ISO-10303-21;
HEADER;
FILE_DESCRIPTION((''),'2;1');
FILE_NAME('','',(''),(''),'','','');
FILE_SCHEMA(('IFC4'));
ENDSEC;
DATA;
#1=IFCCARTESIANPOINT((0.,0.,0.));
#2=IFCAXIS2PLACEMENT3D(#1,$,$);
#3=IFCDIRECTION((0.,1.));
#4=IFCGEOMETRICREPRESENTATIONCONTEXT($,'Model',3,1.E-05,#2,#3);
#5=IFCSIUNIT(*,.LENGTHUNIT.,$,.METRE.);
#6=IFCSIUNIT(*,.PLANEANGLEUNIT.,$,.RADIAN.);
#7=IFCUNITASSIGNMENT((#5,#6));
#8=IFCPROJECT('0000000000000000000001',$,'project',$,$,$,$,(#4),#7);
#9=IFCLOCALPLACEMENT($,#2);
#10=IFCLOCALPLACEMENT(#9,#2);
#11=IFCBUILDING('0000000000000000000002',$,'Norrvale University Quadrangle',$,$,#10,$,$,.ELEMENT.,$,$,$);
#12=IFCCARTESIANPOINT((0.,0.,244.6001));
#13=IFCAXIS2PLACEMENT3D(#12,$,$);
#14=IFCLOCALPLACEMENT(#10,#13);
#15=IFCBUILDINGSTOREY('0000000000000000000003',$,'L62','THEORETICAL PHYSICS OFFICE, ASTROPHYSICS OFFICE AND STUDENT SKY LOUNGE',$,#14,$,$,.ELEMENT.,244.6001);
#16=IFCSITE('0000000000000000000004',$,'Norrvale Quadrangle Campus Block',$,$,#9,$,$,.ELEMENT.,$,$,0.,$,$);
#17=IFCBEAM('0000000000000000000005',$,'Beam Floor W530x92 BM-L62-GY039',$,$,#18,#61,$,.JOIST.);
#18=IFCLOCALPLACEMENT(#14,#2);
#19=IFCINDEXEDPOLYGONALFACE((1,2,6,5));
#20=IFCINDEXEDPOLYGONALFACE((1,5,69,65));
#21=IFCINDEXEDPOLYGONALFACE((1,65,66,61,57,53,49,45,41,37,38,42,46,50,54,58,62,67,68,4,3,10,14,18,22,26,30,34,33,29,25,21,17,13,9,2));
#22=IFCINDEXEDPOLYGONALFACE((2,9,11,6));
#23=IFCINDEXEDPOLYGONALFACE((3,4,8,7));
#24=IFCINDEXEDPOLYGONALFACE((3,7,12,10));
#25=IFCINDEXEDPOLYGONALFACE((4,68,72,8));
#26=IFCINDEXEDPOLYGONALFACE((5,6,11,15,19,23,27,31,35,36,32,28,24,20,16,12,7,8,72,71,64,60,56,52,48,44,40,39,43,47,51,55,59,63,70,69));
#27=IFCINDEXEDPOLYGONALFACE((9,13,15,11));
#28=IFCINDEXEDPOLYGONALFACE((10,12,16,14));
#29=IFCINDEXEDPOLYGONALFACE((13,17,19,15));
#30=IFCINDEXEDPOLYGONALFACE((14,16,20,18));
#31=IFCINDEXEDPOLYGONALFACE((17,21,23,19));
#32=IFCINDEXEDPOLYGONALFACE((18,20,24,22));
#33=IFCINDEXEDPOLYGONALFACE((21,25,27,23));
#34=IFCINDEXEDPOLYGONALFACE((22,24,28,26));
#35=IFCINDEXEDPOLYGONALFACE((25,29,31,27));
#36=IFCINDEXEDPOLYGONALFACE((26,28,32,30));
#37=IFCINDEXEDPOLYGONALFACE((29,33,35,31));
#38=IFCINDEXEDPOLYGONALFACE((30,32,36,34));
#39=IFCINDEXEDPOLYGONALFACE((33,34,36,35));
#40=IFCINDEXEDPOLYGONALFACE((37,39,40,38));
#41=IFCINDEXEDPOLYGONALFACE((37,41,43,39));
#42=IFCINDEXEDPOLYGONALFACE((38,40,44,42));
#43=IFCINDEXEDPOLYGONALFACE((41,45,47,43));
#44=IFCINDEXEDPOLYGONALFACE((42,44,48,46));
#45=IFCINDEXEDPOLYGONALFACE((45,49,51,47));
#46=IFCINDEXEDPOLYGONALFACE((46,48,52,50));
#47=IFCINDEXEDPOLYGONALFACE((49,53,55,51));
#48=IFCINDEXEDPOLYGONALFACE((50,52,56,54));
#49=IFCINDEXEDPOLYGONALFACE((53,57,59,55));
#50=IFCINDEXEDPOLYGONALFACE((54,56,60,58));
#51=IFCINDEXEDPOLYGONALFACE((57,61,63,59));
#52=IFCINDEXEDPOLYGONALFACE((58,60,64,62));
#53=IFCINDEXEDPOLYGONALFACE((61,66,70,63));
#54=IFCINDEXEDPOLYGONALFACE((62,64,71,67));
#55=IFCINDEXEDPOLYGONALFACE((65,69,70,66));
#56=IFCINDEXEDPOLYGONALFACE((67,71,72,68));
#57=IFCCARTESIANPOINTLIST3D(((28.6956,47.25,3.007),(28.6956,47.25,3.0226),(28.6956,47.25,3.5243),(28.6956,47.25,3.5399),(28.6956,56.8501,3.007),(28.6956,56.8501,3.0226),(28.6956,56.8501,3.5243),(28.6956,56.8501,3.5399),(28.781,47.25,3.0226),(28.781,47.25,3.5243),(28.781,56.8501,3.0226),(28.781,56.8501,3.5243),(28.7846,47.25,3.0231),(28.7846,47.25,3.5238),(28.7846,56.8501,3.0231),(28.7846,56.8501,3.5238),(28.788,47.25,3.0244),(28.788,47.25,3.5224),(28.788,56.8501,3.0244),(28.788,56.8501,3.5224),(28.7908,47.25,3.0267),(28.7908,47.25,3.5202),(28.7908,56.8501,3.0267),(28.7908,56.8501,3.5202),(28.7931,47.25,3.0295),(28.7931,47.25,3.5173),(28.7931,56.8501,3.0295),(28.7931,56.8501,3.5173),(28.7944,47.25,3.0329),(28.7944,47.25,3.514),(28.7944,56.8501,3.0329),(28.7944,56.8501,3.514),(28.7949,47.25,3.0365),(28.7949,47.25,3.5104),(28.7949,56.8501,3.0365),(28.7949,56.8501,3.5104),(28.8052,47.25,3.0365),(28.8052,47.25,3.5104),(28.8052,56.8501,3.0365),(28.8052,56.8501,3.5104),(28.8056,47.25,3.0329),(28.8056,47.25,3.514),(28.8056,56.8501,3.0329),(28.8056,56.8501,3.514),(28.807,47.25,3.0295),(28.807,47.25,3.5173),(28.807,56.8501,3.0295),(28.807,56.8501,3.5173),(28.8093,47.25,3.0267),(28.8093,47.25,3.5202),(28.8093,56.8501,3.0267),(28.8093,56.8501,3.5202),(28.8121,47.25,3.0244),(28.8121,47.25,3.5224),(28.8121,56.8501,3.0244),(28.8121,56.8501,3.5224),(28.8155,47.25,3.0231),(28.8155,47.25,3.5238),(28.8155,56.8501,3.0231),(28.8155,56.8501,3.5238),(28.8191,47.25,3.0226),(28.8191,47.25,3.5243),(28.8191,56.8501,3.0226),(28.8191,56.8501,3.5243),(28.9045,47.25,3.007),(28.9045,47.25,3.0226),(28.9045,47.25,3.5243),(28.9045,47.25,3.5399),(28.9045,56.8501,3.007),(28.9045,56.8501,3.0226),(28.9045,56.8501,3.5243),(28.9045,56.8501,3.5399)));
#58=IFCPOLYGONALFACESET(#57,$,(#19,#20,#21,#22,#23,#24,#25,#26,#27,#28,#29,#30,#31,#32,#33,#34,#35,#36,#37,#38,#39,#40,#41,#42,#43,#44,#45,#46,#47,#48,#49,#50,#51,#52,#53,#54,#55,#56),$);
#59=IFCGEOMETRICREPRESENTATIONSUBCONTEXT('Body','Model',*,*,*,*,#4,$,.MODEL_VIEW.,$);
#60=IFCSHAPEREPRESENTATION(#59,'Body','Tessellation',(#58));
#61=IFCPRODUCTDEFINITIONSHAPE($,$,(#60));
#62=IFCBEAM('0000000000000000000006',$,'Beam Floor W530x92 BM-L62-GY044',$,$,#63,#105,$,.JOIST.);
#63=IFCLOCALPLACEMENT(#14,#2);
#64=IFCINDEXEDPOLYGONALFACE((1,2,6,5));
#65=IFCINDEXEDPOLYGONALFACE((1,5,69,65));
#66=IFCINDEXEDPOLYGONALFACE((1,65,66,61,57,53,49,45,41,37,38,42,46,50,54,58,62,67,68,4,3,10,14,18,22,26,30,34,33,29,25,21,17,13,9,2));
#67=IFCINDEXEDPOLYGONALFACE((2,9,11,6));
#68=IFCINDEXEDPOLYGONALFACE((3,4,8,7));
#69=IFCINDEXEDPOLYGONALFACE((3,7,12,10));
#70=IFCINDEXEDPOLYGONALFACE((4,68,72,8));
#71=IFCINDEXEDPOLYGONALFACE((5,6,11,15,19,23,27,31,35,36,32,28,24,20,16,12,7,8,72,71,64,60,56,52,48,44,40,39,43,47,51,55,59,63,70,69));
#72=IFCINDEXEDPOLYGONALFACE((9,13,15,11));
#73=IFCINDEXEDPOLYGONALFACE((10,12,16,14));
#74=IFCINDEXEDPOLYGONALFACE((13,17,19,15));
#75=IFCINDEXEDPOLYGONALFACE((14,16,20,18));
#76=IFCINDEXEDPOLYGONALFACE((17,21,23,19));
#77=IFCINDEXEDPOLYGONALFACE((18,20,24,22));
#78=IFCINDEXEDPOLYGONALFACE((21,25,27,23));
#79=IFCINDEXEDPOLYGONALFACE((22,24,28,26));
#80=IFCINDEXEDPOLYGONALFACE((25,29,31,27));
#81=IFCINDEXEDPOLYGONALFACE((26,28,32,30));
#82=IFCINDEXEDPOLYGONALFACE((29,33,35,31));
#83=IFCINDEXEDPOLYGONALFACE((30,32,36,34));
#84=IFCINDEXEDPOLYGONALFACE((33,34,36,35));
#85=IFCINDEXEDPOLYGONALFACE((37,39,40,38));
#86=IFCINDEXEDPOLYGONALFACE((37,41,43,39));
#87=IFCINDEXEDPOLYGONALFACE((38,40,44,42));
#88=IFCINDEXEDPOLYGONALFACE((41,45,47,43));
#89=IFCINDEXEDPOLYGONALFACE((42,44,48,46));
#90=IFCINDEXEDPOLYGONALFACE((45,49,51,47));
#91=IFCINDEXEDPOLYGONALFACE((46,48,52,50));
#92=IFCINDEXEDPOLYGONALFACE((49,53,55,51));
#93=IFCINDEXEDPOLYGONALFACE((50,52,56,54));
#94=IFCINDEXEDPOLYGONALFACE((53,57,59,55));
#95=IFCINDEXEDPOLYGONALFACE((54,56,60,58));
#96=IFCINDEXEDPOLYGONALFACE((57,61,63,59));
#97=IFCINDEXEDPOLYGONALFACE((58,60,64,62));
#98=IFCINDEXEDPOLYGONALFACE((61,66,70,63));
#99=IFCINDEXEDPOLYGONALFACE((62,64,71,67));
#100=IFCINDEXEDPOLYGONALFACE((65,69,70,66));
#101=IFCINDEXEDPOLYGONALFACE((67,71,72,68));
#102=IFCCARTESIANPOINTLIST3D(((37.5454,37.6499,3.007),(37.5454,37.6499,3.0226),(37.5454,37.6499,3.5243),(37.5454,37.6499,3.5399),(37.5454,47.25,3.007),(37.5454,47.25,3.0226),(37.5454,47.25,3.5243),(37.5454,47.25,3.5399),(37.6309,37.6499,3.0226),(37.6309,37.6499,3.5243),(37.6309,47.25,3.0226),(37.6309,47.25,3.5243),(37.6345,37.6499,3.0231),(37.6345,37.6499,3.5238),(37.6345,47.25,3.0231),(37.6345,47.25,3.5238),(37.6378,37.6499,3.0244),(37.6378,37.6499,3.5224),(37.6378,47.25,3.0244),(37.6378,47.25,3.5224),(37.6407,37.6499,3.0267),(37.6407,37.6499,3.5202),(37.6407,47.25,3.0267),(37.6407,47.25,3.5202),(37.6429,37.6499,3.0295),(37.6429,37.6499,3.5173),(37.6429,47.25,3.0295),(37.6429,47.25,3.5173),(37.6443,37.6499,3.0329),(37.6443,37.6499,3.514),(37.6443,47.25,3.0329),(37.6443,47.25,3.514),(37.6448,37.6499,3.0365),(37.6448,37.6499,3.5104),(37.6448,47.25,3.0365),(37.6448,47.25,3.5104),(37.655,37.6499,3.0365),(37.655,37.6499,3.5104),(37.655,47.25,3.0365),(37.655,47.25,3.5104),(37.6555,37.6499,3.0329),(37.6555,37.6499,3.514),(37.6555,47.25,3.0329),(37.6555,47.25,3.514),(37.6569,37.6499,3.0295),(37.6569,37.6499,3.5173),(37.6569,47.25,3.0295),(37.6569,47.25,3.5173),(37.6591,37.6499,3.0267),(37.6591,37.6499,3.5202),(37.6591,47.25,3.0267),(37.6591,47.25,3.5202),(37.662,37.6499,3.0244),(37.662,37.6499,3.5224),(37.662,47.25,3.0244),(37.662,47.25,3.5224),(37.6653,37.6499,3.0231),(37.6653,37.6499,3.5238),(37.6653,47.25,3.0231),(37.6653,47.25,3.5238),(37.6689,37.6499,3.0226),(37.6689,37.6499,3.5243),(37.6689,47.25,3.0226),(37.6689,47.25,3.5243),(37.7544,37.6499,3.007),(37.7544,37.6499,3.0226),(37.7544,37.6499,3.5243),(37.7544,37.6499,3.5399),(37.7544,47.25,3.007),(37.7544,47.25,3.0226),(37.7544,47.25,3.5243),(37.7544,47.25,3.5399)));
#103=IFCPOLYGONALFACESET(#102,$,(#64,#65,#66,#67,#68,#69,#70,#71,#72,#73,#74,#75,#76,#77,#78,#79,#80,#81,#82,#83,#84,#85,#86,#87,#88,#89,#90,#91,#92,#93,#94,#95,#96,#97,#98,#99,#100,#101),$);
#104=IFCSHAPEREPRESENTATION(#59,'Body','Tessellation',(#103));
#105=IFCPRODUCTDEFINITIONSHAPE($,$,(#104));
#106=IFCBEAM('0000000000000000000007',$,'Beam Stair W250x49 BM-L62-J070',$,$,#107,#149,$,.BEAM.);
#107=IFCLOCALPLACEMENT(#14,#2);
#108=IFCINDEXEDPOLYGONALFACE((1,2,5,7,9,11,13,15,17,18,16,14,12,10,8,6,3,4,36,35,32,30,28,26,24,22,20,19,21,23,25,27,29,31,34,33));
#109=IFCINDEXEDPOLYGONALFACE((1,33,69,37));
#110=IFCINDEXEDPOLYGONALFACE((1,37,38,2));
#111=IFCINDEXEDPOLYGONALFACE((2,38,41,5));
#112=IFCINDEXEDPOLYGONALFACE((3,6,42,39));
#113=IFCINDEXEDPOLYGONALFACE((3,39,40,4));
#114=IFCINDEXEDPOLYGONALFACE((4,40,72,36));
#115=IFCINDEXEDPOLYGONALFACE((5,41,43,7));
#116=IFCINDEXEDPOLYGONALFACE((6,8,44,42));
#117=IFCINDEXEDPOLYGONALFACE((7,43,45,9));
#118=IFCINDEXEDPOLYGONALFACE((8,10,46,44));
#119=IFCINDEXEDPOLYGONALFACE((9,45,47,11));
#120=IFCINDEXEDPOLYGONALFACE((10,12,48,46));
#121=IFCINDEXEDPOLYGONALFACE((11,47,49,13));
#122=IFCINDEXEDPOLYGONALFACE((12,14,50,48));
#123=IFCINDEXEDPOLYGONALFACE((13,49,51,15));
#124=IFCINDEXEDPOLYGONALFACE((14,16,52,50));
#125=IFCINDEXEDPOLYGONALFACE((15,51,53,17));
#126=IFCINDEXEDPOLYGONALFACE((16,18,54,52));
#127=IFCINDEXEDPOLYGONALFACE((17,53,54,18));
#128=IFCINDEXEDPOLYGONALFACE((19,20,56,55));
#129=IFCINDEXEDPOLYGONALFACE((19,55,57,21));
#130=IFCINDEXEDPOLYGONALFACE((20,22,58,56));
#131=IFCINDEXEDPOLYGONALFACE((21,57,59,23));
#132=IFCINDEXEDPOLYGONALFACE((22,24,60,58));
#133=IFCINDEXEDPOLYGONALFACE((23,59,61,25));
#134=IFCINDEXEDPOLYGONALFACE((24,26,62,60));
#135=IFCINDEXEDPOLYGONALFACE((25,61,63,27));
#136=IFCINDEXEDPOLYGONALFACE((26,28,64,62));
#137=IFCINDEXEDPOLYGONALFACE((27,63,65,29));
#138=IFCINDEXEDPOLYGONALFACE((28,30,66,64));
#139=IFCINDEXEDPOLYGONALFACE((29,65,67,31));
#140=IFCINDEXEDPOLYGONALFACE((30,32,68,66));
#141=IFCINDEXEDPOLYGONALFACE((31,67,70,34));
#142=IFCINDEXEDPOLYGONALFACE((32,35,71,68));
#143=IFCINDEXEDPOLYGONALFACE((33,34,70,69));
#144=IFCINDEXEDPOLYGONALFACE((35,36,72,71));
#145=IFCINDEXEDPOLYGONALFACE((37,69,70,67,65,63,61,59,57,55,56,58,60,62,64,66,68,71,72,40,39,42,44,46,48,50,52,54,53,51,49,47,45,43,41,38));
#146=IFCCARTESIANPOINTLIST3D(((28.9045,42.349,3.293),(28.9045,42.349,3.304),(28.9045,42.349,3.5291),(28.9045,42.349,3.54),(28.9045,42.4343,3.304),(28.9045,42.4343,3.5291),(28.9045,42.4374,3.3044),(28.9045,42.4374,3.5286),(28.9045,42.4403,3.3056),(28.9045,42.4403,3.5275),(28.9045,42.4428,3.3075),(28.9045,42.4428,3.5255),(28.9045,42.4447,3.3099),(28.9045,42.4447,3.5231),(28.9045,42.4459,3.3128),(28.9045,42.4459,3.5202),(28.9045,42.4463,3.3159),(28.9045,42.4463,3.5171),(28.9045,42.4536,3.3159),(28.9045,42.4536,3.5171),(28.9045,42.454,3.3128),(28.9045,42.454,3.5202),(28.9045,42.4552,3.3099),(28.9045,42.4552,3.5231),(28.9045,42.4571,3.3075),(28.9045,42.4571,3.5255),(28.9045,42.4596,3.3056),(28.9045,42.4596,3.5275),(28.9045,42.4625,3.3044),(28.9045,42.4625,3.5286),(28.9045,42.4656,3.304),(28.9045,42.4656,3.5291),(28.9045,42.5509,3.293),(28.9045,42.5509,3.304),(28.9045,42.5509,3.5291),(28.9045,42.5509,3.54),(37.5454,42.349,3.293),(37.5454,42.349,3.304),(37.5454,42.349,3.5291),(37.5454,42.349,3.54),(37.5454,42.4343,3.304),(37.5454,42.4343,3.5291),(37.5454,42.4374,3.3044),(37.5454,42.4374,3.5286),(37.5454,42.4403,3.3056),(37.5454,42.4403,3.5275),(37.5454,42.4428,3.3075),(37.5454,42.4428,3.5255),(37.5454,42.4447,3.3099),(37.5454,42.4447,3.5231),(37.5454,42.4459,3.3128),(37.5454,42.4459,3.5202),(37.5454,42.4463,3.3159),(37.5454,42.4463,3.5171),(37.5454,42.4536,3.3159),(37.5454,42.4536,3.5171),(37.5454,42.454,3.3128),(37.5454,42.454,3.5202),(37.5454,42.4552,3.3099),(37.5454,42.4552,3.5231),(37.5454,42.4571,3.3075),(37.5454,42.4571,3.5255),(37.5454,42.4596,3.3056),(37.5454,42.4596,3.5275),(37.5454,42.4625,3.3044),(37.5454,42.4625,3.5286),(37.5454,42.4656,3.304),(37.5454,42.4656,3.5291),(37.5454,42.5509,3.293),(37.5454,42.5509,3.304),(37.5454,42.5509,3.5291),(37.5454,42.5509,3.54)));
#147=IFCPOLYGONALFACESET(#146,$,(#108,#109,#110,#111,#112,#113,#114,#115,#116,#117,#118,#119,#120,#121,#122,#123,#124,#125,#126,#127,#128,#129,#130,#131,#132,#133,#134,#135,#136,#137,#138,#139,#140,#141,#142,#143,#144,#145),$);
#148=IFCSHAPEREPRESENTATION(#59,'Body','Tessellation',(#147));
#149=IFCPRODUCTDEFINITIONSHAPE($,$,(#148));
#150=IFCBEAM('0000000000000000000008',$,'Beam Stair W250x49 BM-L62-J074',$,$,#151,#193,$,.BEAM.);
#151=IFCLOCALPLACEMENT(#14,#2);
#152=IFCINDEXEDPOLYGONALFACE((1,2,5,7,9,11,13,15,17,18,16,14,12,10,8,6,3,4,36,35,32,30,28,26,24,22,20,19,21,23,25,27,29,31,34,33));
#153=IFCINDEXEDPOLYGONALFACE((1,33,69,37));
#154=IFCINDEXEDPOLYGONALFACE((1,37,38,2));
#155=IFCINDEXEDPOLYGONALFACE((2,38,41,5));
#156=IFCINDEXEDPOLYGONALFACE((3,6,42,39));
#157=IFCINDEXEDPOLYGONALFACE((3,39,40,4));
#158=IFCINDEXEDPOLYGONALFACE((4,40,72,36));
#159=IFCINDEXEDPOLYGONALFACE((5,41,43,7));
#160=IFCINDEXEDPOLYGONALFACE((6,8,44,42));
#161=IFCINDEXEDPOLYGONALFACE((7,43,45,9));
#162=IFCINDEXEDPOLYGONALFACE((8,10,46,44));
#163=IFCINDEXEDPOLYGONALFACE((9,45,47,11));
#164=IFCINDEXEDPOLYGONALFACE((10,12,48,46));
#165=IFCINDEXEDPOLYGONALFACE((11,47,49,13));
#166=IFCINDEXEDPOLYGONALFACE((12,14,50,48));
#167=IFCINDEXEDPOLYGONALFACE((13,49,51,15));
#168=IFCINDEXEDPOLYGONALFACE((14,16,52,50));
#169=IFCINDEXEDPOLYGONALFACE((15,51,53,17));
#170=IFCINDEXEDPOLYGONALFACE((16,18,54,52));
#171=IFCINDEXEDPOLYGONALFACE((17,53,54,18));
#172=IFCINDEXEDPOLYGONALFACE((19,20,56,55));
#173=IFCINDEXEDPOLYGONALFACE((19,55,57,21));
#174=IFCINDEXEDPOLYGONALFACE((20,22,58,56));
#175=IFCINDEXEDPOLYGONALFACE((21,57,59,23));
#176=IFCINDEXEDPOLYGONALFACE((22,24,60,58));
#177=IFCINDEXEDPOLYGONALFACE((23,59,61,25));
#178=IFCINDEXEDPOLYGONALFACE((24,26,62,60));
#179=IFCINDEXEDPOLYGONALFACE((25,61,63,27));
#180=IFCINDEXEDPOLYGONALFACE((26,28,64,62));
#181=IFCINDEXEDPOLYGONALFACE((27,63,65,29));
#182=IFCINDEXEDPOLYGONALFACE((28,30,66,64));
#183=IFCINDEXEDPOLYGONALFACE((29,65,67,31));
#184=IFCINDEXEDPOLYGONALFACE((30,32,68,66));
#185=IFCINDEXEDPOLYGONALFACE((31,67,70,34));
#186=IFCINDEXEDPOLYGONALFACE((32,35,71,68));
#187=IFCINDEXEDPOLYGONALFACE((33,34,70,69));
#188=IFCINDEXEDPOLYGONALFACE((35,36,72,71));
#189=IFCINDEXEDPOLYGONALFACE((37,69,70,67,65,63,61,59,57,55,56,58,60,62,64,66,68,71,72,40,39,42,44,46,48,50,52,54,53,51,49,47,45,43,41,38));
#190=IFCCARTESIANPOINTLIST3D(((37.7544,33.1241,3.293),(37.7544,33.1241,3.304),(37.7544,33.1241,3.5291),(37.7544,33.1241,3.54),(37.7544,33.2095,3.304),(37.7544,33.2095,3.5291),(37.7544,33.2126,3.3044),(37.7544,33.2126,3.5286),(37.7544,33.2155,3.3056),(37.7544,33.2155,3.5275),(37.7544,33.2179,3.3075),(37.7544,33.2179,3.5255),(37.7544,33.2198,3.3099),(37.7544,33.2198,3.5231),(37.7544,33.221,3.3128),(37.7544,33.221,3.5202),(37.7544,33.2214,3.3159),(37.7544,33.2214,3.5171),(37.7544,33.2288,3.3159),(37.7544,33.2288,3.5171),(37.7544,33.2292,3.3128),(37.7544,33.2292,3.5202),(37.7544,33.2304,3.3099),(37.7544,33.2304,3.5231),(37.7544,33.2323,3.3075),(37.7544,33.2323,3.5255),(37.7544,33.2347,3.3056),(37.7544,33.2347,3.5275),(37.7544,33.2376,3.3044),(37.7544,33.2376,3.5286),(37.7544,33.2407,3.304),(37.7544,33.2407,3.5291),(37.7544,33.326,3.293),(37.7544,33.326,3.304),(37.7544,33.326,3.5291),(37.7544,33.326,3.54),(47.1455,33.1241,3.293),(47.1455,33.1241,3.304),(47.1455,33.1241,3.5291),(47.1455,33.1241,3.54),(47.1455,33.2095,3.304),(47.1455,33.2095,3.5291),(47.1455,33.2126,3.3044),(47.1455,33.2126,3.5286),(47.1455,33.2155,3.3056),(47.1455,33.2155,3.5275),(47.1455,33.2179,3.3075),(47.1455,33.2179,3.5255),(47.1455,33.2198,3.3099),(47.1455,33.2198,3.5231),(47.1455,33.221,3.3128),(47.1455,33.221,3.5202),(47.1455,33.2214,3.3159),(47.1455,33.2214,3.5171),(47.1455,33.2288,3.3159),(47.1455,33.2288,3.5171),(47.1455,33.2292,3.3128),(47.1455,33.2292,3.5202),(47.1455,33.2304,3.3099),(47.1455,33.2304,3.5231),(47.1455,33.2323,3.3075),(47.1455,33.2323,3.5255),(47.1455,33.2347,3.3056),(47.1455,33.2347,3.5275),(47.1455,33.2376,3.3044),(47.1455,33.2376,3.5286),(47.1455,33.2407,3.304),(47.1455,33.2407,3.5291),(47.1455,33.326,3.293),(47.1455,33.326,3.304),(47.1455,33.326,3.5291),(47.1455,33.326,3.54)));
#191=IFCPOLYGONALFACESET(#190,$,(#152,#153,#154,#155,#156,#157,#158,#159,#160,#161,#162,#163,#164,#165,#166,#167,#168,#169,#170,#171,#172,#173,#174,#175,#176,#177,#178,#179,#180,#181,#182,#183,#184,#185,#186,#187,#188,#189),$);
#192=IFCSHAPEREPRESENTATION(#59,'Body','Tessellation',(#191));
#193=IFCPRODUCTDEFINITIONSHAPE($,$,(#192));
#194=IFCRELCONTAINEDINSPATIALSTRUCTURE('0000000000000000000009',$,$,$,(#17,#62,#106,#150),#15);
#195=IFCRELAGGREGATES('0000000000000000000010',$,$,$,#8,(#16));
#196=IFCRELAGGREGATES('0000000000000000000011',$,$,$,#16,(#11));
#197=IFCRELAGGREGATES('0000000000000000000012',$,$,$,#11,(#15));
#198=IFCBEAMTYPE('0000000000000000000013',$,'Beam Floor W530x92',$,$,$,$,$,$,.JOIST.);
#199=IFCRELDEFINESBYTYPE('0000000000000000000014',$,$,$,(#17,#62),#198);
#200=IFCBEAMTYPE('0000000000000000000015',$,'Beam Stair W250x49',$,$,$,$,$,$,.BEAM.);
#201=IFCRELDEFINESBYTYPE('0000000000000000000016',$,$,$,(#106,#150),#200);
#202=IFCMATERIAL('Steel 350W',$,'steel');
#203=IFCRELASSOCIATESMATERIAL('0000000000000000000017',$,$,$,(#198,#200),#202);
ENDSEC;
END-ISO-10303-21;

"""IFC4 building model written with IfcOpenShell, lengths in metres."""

from ifc_helpers import new_model, si_unit, direction, frame, origin, origin_2d, place, context, subcontext, project, spatial, i_section, extrude, material, material_profile, profile_set, type_object, element, save


model = new_model("IFC4")

# Units and contexts
model_context = context("Model", 3, precision=1e-05, world=origin(), true_north=direction((0.0, 1.0)))
body_context = subcontext(model_context, "Body", "Model", "MODEL_VIEW")
ifc_project = project(units=[si_unit("LENGTHUNIT", "METRE"), si_unit("PLANEANGLEUNIT", "RADIAN")], contexts=[model_context])

# Site, building, storey
site_placement = place(None, origin())
site = spatial("IfcSite", under=ifc_project, at=site_placement, Name="Norrvale Quadrangle Campus Block", CompositionType="ELEMENT", RefElevation=0.0)
building_placement = place(site_placement, origin())
building = spatial("IfcBuilding", under=site, at=building_placement, Name="Norrvale University Quadrangle", CompositionType="ELEMENT")
storey_placement = place(building_placement, frame((0.0, 0.0, 244.6001)))
storey = spatial("IfcBuildingStorey", under=building, at=storey_placement, Name="L62", Description="THEORETICAL PHYSICS OFFICE, ASTROPHYSICS OFFICE AND STUDENT SKY LOUNGE", CompositionType="ELEMENT", Elevation=244.6001)

# Beams
ifc_material_1 = material(Name="Steel 350W", Category="steel")
ifc_material_profile_1 = material_profile(ifc_material_1, i_section(OverallWidth=0.209, OverallDepth=0.533, WebThickness=0.0103, FlangeThickness=0.0156, FilletRadius=0.0139, at=origin_2d()), Name="Steel 350W")
ifc_profile_set_1 = profile_set([ifc_material_profile_1], Name="Steel 350W")
beam_type_1 = type_object("IfcBeamType", Name="Beam Floor W530x92", PredefinedType="JOIST", material=ifc_profile_set_1)
for number, where, z_axis, x_axis, name in (
    (1, (28.8, 47.25, 3.2734), (0.0, 1.0, 0.0), (-1.0, 0.0, 0.0), "Beam Floor W530x92 BM-L62-GY039"),
    (2, (37.6499, 37.6499, 3.2734), (0.0, 1.0, 0.0), (-1.0, 0.0, 0.0), "Beam Floor W530x92 BM-L62-GY044"),
):
    element("IfcBeam", number, at=place(storey_placement, frame(where, z_axis=z_axis, x_axis=x_axis)), inside=storey, type_object=beam_type_1, Name=name, PredefinedType="JOIST", context=body_context, shape_type="SweptSolid", body=[
        extrude(i_section(OverallWidth=0.209, OverallDepth=0.533, WebThickness=0.0103, FlangeThickness=0.0156, FilletRadius=0.0139, at=origin_2d()), origin(), (0.0, 0.0, 1.0), 9.6001),
    ])
ifc_material_profile_2 = material_profile(ifc_material_1, i_section(OverallWidth=0.2019, OverallDepth=0.2471, WebThickness=0.0073, FlangeThickness=0.011, FilletRadius=0.012, at=origin_2d()), Name="Steel 350W")
ifc_profile_set_2 = profile_set([ifc_material_profile_2], Name="Steel 350W")
beam_type_2 = type_object("IfcBeamType", Name="Beam Stair W250x49", PredefinedType="BEAM", material=ifc_profile_set_2)
beam_1_placement = place(storey_placement, frame((28.9045, 42.45, 3.4165), z_axis=(1.0, 0.0, 0.0), x_axis=(0.0, 1.0, 0.0)))
element("IfcBeam", 3, at=beam_1_placement, inside=storey, type_object=beam_type_2, Name="Beam Stair W250x49 BM-L62-J070", PredefinedType="BEAM", context=body_context, shape_type="SweptSolid", body=[
    extrude(i_section(OverallWidth=0.2019, OverallDepth=0.2471, WebThickness=0.0073, FlangeThickness=0.011, FilletRadius=0.012, at=origin_2d()), origin(), (0.0, 0.0, 1.0), 8.6409),
])
beam_2_placement = place(storey_placement, frame((37.7544, 33.2251, 3.4165), z_axis=(1.0, 0.0, 0.0), x_axis=(0.0, 1.0, 0.0)))
element("IfcBeam", 4, at=beam_2_placement, inside=storey, type_object=beam_type_2, Name="Beam Stair W250x49 BM-L62-J074", PredefinedType="BEAM", context=body_context, shape_type="SweptSolid", body=[
    extrude(i_section(OverallWidth=0.2019, OverallDepth=0.2471, WebThickness=0.0073, FlangeThickness=0.011, FilletRadius=0.012, at=origin_2d()), origin(), (0.0, 0.0, 1.0), 9.3911),
])

save(model, "model.ifc")
